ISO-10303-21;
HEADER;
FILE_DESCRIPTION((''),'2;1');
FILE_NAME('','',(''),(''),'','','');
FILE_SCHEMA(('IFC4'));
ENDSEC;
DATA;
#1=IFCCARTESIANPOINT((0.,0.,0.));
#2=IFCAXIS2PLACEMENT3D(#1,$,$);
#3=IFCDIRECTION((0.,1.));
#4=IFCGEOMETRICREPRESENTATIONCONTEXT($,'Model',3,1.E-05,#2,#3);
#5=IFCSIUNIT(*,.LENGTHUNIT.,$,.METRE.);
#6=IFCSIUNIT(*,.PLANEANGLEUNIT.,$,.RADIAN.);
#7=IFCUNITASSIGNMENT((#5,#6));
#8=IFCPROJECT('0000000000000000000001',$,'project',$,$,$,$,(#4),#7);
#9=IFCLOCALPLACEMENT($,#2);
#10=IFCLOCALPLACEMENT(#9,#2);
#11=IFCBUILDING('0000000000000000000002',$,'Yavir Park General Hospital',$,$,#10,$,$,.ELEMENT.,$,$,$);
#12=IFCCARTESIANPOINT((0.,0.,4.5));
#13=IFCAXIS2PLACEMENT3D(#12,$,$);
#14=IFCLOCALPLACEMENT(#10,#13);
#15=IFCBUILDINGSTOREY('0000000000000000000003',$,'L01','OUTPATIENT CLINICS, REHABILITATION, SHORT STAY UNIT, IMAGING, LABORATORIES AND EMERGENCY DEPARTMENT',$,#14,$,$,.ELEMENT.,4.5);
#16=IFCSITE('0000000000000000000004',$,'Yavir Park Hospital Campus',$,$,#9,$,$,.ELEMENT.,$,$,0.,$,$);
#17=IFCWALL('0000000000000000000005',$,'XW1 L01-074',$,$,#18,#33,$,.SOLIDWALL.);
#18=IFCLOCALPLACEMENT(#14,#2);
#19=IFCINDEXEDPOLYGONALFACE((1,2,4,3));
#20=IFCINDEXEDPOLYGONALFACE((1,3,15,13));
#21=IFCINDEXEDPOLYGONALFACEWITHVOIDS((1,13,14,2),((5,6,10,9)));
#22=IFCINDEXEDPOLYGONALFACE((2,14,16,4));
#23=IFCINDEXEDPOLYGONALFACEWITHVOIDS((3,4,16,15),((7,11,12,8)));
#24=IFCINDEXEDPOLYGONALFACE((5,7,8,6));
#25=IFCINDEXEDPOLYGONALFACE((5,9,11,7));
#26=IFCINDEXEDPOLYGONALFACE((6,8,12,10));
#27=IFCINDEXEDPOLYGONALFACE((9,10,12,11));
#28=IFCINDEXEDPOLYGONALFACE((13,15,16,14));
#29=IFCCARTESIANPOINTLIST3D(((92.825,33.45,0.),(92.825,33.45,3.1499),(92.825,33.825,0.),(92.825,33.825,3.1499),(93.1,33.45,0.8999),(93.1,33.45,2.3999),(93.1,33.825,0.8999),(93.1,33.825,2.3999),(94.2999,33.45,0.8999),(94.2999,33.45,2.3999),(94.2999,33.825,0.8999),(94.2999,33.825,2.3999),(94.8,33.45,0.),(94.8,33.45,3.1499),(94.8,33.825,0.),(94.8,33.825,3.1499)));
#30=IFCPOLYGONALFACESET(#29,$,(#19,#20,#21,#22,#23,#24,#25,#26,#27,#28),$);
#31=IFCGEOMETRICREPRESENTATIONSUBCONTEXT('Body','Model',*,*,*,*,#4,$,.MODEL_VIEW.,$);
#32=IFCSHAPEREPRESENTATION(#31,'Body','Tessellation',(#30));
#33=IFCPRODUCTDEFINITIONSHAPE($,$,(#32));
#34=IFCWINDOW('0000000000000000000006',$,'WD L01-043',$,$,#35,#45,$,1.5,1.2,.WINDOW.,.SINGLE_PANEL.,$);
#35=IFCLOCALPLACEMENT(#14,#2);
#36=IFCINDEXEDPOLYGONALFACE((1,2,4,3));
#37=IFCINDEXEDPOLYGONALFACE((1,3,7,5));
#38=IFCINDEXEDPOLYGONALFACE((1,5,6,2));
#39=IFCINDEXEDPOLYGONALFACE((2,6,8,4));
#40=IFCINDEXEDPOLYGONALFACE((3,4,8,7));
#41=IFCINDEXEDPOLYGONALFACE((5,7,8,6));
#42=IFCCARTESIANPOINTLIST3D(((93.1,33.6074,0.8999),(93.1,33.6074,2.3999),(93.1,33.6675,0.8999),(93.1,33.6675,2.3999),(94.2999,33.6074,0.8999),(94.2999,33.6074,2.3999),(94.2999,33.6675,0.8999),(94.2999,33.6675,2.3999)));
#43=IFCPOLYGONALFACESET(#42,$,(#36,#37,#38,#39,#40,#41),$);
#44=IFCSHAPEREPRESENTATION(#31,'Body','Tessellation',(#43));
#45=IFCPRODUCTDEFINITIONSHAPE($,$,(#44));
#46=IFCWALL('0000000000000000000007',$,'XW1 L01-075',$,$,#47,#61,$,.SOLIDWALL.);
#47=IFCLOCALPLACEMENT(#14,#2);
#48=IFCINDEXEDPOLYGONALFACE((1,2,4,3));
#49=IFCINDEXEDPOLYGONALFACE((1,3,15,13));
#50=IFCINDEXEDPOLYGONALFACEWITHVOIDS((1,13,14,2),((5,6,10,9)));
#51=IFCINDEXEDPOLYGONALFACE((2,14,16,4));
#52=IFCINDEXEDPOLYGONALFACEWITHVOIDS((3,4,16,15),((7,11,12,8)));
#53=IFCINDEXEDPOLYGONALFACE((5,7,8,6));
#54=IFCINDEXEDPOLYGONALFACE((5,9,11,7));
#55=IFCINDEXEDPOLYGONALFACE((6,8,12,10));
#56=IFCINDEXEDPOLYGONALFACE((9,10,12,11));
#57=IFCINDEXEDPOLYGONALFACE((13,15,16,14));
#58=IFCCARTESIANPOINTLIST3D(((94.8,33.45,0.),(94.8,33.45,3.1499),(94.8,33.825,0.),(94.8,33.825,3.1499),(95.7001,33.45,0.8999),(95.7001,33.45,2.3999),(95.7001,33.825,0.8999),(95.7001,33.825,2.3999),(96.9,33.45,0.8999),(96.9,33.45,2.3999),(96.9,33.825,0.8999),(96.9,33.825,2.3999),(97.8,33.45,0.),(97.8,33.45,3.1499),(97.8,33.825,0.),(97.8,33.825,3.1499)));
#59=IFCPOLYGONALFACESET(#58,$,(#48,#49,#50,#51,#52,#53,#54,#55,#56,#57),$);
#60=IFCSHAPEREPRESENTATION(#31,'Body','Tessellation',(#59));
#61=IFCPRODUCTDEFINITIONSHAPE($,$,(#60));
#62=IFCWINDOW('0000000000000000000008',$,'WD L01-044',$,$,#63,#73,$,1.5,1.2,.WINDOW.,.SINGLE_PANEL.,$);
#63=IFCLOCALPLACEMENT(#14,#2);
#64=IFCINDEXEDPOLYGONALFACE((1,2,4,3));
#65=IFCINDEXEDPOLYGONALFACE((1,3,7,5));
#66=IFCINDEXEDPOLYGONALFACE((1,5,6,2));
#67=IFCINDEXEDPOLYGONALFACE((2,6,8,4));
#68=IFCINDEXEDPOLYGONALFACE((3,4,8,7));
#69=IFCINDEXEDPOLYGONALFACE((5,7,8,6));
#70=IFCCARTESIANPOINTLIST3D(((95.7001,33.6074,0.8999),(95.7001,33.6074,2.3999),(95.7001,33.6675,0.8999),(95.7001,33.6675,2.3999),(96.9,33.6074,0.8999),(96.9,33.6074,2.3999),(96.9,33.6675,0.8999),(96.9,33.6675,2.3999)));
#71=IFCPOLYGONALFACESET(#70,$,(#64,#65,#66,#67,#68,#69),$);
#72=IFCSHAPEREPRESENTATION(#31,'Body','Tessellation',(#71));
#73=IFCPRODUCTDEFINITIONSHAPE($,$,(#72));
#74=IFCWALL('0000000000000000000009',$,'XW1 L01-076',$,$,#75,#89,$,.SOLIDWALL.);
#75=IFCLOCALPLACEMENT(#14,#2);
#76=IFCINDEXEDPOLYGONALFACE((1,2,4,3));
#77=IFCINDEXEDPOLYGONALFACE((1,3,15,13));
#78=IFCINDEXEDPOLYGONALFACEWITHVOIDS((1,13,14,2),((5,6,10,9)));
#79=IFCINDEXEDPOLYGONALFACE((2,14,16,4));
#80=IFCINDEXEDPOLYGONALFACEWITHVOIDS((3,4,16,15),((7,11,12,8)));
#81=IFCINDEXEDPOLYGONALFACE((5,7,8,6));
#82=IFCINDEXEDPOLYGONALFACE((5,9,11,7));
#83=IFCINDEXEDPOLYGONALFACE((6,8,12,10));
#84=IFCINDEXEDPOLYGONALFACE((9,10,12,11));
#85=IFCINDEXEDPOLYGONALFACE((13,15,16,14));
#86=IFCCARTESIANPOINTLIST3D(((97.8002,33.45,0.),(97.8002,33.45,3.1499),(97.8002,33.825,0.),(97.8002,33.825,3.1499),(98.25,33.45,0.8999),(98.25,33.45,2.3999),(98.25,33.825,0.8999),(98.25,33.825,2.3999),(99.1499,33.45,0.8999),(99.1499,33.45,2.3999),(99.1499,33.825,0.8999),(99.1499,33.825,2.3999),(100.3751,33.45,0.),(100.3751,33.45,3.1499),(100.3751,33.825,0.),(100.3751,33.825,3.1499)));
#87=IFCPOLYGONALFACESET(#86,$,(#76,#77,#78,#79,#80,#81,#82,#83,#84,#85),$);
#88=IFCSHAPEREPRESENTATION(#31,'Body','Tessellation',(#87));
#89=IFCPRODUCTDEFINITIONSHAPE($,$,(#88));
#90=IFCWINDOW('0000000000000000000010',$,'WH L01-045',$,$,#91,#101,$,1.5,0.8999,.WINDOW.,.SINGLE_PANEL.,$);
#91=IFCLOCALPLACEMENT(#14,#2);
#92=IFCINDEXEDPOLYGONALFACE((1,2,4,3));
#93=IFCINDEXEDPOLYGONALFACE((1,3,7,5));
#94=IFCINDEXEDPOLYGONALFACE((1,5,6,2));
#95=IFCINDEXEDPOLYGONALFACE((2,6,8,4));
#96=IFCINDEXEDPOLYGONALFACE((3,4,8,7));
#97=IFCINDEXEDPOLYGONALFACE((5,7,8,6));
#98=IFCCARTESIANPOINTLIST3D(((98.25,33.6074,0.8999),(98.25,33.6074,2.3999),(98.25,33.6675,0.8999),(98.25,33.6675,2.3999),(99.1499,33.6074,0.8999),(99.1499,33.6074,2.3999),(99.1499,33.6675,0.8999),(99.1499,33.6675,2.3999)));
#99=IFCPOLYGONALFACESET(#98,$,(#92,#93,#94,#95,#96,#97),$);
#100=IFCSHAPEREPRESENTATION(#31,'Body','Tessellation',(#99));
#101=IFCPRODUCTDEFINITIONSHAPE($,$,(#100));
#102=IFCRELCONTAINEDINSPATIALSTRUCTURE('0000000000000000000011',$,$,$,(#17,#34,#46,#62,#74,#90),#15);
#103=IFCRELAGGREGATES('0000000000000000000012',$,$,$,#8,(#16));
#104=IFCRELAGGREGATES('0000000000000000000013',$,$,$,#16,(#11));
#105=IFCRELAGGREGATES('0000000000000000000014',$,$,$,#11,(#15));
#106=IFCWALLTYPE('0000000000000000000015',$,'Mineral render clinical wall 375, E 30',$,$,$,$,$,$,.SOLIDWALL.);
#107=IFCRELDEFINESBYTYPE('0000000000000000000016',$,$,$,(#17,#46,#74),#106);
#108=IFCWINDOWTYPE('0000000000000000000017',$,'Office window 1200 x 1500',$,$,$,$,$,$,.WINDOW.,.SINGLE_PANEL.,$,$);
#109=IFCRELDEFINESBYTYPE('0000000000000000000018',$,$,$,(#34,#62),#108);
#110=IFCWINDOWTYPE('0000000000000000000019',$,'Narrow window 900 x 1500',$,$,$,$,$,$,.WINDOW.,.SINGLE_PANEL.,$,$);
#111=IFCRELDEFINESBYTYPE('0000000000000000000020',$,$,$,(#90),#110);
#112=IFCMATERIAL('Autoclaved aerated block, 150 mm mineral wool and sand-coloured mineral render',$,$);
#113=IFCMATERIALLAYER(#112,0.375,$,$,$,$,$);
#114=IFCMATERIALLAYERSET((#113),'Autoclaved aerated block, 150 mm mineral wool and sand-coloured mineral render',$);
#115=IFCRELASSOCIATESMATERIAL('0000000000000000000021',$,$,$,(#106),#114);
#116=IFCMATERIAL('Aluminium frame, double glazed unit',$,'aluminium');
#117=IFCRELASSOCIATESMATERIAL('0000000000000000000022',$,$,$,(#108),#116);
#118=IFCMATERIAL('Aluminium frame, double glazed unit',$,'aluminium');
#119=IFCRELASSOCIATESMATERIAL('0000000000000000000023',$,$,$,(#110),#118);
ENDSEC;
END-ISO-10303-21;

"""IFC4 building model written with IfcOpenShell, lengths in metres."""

from ifc_helpers import new_model, si_unit, direction, frame, frame_2d, origin, place, context, subcontext, project, spatial, rectangle, extrude, material, layer, layer_set, type_object, element, fill, save


model = new_model("IFC4")

# Units and contexts
model_context = context("Model", 3, precision=1e-05, world=origin(), true_north=direction((0.0, 1.0)))
body_context = subcontext(model_context, "Body", "Model", "MODEL_VIEW")
ifc_project = project(units=[si_unit("LENGTHUNIT", "METRE"), si_unit("PLANEANGLEUNIT", "RADIAN")], contexts=[model_context])

# Site, building, storey
site_placement = place(None, origin())
site = spatial("IfcSite", under=ifc_project, at=site_placement, Name="Yavir Park Hospital Campus", CompositionType="ELEMENT", RefElevation=0.0)
building_placement = place(site_placement, origin())
building = spatial("IfcBuilding", under=site, at=building_placement, Name="Yavir Park General Hospital", CompositionType="ELEMENT")
storey_placement = place(building_placement, frame((0.0, 0.0, 4.5)))
storey = spatial("IfcBuildingStorey", under=building, at=storey_placement, Name="L01", Description="OUTPATIENT CLINICS, REHABILITATION, SHORT STAY UNIT, IMAGING, LABORATORIES AND EMERGENCY DEPARTMENT", CompositionType="ELEMENT", Elevation=4.5)

# Shared definitions
ifc_material_1 = material(Name="Autoclaved aerated block, 150 mm mineral wool and sand-coloured mineral render")
ifc_layer_1 = layer(ifc_material_1, 0.375)
ifc_layer_set_1 = layer_set([ifc_layer_1], Name="Autoclaved aerated block, 150 mm mineral wool and sand-coloured mineral render")
wall_type_1 = type_object("IfcWallType", Name="Mineral render clinical wall 375, E 30", PredefinedType="SOLIDWALL", material=ifc_layer_set_1)

# Walls, openings, windows
ifc_material_2 = material(Name="Aluminium frame, double glazed unit", Category="aluminium")
window_type_1 = type_object("IfcWindowType", Name="Office window 1200 x 1500", PartitioningType="SINGLE_PANEL", PredefinedType="WINDOW", material=ifc_material_2)
wall_1_placement = place(storey_placement, frame((92.825, 33.6375, 0.0), z_axis=(0.0, 0.0, 1.0), x_axis=(1.0, 0.0, 0.0)))
wall_1 = element("IfcWall", 1, at=wall_1_placement, inside=storey, type_object=wall_type_1, Name="XW1 L01-074", PredefinedType="SOLIDWALL", context=body_context, shape_type="SweptSolid", body=[
    extrude(rectangle(XDim=1.9751, YDim=0.375, at=frame_2d((0.9875, 0.0))), origin(), (0.0, 0.0, 1.0), 3.1499),
])
opening_1_placement = place(wall_1_placement, frame((0.2749, 0.0, 0.8999)))
opening_1 = element("IfcOpeningElement", 2, at=opening_1_placement, cuts=wall_1, PredefinedType="OPENING", context=body_context, shape_type="SweptSolid", body=[
    extrude(rectangle(XDim=1.2, YDim=1.5, at=frame_2d((0.6001, 0.75))), frame((0.0, 0.1975, 0.0), z_axis=(0.0, -1.0, 0.0), x_axis=(1.0, 0.0, 0.0)), (0.0, 0.0, 1.0), 0.395),
])
window_1_placement = place(opening_1_placement, origin())
window_1 = element("IfcWindow", 3, at=window_1_placement, inside=storey, type_object=window_type_1, Name="WD L01-043", OverallHeight=1.5, OverallWidth=1.2, PartitioningType="SINGLE_PANEL", PredefinedType="WINDOW", context=body_context, shape_type="SweptSolid", body=[
    extrude(rectangle(XDim=1.2, YDim=1.5, at=frame_2d((0.6001, 0.75))), frame((0.0, 0.03, 0.0), z_axis=(0.0, -1.0, 0.0), x_axis=(1.0, 0.0, 0.0)), (0.0, 0.0, 1.0), 0.0601),
])
fill(opening_1, window_1)
wall_2_placement = place(storey_placement, frame((94.8, 33.6375, 0.0), z_axis=(0.0, 0.0, 1.0), x_axis=(1.0, 0.0, 0.0)))
wall_2 = element("IfcWall", 4, at=wall_2_placement, inside=storey, type_object=wall_type_1, Name="XW1 L01-075", PredefinedType="SOLIDWALL", context=body_context, shape_type="SweptSolid", body=[
    extrude(rectangle(XDim=3.0, YDim=0.375, at=frame_2d((1.5, 0.0))), origin(), (0.0, 0.0, 1.0), 3.1499),
])
opening_2_placement = place(wall_2_placement, frame((0.8999, 0.0, 0.8999)))
opening_2 = element("IfcOpeningElement", 5, at=opening_2_placement, cuts=wall_2, PredefinedType="OPENING", context=body_context, shape_type="SweptSolid", body=[
    extrude(rectangle(XDim=1.2, YDim=1.5, at=frame_2d((0.6001, 0.75))), frame((0.0, 0.1975, 0.0), z_axis=(0.0, -1.0, 0.0), x_axis=(1.0, 0.0, 0.0)), (0.0, 0.0, 1.0), 0.395),
])
window_2_placement = place(opening_2_placement, origin())
window_2 = element("IfcWindow", 6, at=window_2_placement, inside=storey, type_object=window_type_1, Name="WD L01-044", OverallHeight=1.5, OverallWidth=1.2, PartitioningType="SINGLE_PANEL", PredefinedType="WINDOW", context=body_context, shape_type="SweptSolid", body=[
    extrude(rectangle(XDim=1.2, YDim=1.5, at=frame_2d((0.6001, 0.75))), frame((0.0, 0.03, 0.0), z_axis=(0.0, -1.0, 0.0), x_axis=(1.0, 0.0, 0.0)), (0.0, 0.0, 1.0), 0.0601),
])
fill(opening_2, window_2)
wall_3_placement = place(storey_placement, frame((97.8, 33.6375, 0.0), z_axis=(0.0, 0.0, 1.0), x_axis=(1.0, 0.0, 0.0)))
wall_3 = element("IfcWall", 7, at=wall_3_placement, inside=storey, type_object=wall_type_1, Name="XW1 L01-076", PredefinedType="SOLIDWALL", context=body_context, shape_type="SweptSolid", body=[
    extrude(rectangle(XDim=2.575, YDim=0.375, at=frame_2d((1.2876, 0.0))), origin(), (0.0, 0.0, 1.0), 3.1499),
])
opening_3_placement = place(wall_3_placement, frame((0.45, 0.0, 0.8999)))
opening_3 = element("IfcOpeningElement", 8, at=opening_3_placement, cuts=wall_3, PredefinedType="OPENING", context=body_context, shape_type="SweptSolid", body=[
    extrude(rectangle(XDim=0.8999, YDim=1.5, at=frame_2d((0.45, 0.75))), frame((0.0, 0.1975, 0.0), z_axis=(0.0, -1.0, 0.0), x_axis=(1.0, 0.0, 0.0)), (0.0, 0.0, 1.0), 0.395),
])
ifc_material_3 = material(Name="Aluminium frame, double glazed unit", Category="aluminium")
window_type_2 = type_object("IfcWindowType", Name="Narrow window 900 x 1500", PartitioningType="SINGLE_PANEL", PredefinedType="WINDOW", material=ifc_material_3)
window_3_placement = place(opening_3_placement, origin())
window_3 = element("IfcWindow", 9, at=window_3_placement, inside=storey, type_object=window_type_2, Name="WH L01-045", OverallHeight=1.5, OverallWidth=0.8999, PartitioningType="SINGLE_PANEL", PredefinedType="WINDOW", context=body_context, shape_type="SweptSolid", body=[
    extrude(rectangle(XDim=0.8999, YDim=1.5, at=frame_2d((0.45, 0.75))), frame((0.0, 0.03, 0.0), z_axis=(0.0, -1.0, 0.0), x_axis=(1.0, 0.0, 0.0)), (0.0, 0.0, 1.0), 0.0601),
])
fill(opening_3, window_3)

save(model, "model.ifc")
